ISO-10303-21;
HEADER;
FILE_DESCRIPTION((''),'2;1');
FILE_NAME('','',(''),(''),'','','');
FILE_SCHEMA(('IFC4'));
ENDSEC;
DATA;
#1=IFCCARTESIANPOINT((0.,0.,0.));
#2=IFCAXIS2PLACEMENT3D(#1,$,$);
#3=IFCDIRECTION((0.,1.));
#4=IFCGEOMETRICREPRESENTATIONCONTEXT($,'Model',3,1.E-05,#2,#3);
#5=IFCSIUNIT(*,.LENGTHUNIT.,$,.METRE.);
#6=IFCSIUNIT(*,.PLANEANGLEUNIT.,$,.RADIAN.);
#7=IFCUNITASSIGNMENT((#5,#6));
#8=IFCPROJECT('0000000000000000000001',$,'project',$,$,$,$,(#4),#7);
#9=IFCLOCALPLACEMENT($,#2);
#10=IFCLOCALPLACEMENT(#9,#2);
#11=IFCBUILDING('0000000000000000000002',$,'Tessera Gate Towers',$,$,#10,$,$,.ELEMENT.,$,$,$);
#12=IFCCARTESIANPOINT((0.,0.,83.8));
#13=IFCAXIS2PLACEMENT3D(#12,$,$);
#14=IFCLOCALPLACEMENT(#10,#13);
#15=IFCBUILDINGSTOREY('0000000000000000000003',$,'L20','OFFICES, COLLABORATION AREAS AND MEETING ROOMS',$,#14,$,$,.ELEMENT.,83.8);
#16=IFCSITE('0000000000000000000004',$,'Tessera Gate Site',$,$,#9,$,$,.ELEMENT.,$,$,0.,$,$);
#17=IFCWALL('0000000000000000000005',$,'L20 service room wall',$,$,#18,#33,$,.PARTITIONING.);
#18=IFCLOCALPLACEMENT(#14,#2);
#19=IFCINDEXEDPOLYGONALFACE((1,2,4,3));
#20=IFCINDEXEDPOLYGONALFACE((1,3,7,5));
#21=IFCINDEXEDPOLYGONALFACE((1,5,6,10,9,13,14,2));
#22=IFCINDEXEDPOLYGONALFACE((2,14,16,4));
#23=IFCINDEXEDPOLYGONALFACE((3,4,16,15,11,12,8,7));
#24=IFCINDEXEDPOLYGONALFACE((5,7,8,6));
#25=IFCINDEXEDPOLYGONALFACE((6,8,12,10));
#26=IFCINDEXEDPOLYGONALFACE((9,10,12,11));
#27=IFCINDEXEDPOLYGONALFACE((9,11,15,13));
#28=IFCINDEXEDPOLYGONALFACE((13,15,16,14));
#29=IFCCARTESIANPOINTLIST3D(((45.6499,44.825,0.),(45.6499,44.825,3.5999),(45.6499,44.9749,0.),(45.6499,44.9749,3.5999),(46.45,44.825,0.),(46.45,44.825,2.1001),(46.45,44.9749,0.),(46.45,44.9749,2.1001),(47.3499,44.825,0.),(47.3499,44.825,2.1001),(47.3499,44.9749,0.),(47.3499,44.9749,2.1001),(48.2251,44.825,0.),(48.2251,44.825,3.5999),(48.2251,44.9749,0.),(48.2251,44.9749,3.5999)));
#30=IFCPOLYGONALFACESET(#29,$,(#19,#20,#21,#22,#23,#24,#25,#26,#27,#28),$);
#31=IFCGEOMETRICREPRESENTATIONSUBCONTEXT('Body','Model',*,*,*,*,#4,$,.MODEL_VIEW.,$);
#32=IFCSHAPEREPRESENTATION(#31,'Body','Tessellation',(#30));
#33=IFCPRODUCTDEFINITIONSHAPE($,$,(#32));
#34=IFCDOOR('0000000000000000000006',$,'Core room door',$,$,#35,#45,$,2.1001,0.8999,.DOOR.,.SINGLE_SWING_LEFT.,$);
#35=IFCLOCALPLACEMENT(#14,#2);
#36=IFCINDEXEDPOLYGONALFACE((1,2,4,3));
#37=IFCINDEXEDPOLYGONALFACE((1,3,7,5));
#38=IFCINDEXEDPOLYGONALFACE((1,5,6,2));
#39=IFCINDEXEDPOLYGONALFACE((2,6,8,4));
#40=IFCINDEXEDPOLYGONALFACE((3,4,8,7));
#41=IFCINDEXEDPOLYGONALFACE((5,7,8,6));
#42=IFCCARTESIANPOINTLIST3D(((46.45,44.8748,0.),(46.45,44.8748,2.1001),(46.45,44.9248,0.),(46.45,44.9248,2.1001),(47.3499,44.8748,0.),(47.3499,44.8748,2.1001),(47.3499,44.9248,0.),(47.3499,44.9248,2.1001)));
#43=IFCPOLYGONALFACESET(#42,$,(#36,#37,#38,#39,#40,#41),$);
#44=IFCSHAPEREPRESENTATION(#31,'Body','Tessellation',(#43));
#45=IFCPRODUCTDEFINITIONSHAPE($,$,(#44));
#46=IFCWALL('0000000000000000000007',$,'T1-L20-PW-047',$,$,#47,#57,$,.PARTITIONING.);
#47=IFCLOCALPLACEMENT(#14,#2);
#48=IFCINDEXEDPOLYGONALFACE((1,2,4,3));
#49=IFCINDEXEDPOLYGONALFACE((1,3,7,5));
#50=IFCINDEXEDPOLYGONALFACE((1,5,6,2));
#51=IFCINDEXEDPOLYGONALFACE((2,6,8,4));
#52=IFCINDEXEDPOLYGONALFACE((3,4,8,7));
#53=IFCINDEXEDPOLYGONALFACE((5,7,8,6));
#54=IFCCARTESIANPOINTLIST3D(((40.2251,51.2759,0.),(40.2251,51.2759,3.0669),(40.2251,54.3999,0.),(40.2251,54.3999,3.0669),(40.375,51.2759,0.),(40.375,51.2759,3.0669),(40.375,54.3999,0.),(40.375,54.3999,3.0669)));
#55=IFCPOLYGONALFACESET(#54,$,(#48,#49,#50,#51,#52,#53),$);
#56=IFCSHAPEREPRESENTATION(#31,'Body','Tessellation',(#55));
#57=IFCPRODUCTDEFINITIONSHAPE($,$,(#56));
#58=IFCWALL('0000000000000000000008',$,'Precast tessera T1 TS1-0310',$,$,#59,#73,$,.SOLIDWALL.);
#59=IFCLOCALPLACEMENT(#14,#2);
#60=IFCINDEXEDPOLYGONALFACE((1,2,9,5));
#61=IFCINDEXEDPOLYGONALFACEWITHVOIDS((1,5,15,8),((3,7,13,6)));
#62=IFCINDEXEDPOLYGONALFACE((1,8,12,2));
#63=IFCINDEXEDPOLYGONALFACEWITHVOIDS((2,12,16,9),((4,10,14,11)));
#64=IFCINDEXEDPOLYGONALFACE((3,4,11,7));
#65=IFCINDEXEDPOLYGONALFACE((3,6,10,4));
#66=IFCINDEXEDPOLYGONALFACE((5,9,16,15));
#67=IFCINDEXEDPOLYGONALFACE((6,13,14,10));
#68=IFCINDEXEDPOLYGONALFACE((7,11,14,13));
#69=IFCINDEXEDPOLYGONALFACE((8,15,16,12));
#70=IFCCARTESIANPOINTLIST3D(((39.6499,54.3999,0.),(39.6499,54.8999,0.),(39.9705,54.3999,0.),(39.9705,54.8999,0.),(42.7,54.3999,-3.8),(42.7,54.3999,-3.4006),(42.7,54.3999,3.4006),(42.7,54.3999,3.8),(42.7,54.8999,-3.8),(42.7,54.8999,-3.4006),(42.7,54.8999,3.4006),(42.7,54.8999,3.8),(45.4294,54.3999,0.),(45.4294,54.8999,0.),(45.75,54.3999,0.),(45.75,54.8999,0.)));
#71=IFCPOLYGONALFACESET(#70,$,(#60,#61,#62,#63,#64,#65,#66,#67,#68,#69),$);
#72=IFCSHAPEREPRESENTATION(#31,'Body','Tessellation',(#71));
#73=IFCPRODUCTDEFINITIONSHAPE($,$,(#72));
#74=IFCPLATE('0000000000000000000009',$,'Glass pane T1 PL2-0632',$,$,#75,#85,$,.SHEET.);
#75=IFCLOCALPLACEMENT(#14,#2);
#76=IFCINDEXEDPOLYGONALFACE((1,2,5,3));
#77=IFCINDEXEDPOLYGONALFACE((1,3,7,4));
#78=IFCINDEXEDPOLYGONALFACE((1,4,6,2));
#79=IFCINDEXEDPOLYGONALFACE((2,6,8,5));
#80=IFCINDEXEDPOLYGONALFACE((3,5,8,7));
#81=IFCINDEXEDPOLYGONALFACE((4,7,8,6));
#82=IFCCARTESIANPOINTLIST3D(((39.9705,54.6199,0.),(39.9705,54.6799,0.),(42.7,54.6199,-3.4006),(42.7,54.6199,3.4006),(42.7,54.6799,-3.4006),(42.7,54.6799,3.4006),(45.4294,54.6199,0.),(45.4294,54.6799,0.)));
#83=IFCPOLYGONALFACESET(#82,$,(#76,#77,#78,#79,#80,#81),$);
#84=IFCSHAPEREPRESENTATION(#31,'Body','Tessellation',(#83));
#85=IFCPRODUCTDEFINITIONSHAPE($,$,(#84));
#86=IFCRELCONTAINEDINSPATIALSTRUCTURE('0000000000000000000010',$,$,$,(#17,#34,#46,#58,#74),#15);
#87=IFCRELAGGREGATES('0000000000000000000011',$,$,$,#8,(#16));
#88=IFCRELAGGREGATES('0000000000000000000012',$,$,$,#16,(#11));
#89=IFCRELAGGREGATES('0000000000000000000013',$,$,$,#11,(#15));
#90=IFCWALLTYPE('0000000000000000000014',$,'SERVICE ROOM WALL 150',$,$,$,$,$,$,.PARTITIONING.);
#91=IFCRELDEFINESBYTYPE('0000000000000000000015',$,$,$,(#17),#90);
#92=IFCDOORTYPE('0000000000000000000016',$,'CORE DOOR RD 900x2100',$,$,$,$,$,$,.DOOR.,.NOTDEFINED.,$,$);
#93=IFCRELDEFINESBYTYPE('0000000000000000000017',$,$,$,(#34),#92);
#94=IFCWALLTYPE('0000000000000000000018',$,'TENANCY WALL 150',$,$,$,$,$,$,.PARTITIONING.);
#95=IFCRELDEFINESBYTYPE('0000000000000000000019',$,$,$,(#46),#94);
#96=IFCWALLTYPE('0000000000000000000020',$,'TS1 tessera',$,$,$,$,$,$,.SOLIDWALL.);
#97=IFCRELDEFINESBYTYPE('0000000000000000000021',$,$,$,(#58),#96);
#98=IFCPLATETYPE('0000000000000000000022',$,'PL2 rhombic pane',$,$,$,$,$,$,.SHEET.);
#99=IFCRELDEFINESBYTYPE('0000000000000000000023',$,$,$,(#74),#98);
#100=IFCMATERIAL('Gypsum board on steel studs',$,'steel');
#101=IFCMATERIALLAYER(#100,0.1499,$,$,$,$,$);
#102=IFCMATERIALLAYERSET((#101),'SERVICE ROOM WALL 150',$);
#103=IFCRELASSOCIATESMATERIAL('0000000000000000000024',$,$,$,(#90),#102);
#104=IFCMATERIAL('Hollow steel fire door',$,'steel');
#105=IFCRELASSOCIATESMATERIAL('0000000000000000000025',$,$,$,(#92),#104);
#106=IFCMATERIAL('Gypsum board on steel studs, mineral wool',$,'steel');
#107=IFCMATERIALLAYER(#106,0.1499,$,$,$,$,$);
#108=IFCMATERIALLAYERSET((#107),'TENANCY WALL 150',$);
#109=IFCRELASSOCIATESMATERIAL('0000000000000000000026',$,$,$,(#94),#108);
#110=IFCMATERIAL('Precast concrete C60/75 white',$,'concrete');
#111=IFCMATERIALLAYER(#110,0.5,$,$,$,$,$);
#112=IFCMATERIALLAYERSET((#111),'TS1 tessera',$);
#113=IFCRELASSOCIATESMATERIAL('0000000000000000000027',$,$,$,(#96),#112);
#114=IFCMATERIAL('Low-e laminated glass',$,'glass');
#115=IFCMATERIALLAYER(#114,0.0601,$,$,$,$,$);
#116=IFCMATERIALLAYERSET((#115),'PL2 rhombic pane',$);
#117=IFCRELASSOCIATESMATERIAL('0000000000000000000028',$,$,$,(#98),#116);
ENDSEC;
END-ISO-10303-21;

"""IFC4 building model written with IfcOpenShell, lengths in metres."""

from ifc_helpers import new_model, si_unit, direction, frame, frame_2d, origin, place, context, subcontext, project, spatial, polyline, rectangle, outline, extrude, source, transform, mapped, material, layer, layer_set, type_object, element, fill, save


model = new_model("IFC4")

# Units and contexts
model_context = context("Model", 3, precision=1e-05, world=origin(), true_north=direction((0.0, 1.0)))
body_context = subcontext(model_context, "Body", "Model", "MODEL_VIEW")
ifc_project = project(units=[si_unit("LENGTHUNIT", "METRE"), si_unit("PLANEANGLEUNIT", "RADIAN")], contexts=[model_context])

# Site, building, storey
site_placement = place(None, origin())
site = spatial("IfcSite", under=ifc_project, at=site_placement, Name="Tessera Gate Site", CompositionType="ELEMENT", RefElevation=0.0)
building_placement = place(site_placement, origin())
building = spatial("IfcBuilding", under=site, at=building_placement, Name="Tessera Gate Towers", CompositionType="ELEMENT")
storey_placement = place(building_placement, frame((0.0, 0.0, 83.8)))
storey = spatial("IfcBuildingStorey", under=building, at=storey_placement, Name="L20", Description="OFFICES, COLLABORATION AREAS AND MEETING ROOMS", CompositionType="ELEMENT", Elevation=83.8)

# Wall, opening, door
ifc_material_1 = material(Name="Gypsum board on steel studs", Category="steel")
ifc_layer_1 = layer(ifc_material_1, 0.1499)
ifc_layer_set_1 = layer_set([ifc_layer_1], Name="SERVICE ROOM WALL 150")
wall_type_1 = type_object("IfcWallType", Name="SERVICE ROOM WALL 150", PredefinedType="PARTITIONING", material=ifc_layer_set_1)
wall_1_placement = place(storey_placement, frame((45.6499, 44.8999, 0.0), z_axis=(0.0, 0.0, 1.0), x_axis=(1.0, 0.0, 0.0)))
wall_1 = element("IfcWall", 1, at=wall_1_placement, inside=storey, type_object=wall_type_1, Name="L20 service room wall", PredefinedType="PARTITIONING", context=body_context, shape_type="SweptSolid", body=[
    extrude(rectangle(XDim=2.5752, YDim=0.1499, at=frame_2d((1.2876, 0.0))), origin(), (0.0, 0.0, 1.0), 3.5999),
])
shared_shape_1 = source(origin(), body_context, "Body", "SweptSolid", [
    extrude(rectangle(XDim=0.8999, YDim=2.1001, at=frame_2d((0.45, 1.05))), frame((0.0, 0.085, 0.0), z_axis=(0.0, -1.0, 0.0), x_axis=(1.0, 0.0, 0.0)), (0.0, 0.0, 1.0), 0.1699),
])
opening_1_placement = place(wall_1_placement, frame((0.8, 0.0, 0.0)))
opening_1 = element("IfcOpeningElement", 2, at=opening_1_placement, cuts=wall_1, PredefinedType="OPENING", context=body_context, shape_type="MappedRepresentation", body=[
    mapped(shared_shape_1, transform((0.0, 0.0, 0.0), scale=1.0)),
])
ifc_material_2 = material(Name="Hollow steel fire door", Category="steel")
door_type_1 = type_object("IfcDoorType", Name="CORE DOOR RD 900x2100", OperationType="NOTDEFINED", PredefinedType="DOOR", material=ifc_material_2)
shared_shape_2 = source(origin(), body_context, "Body", "SweptSolid", [
    extrude(rectangle(XDim=0.8999, YDim=2.1001, at=frame_2d((0.45, 1.05))), frame((0.0, 0.0249, 0.0), z_axis=(0.0, -1.0, 0.0), x_axis=(1.0, 0.0, 0.0)), (0.0, 0.0, 1.0), 0.05),
])
door_1_placement = place(opening_1_placement, origin())
door_1 = element("IfcDoor", 3, at=door_1_placement, inside=storey, type_object=door_type_1, Name="Core room door", OperationType="SINGLE_SWING_LEFT", OverallHeight=2.1001, OverallWidth=0.8999, PredefinedType="DOOR", context=body_context, shape_type="MappedRepresentation", body=[
    mapped(shared_shape_2, transform((0.0, 0.0, 0.0), scale=1.0)),
])
fill(opening_1, door_1)

# Wall
ifc_material_3 = material(Name="Gypsum board on steel studs, mineral wool", Category="steel")
ifc_layer_2 = layer(ifc_material_3, 0.1499)
ifc_layer_set_2 = layer_set([ifc_layer_2], Name="TENANCY WALL 150")
wall_type_2 = type_object("IfcWallType", Name="TENANCY WALL 150", PredefinedType="PARTITIONING", material=ifc_layer_set_2)
wall_2_placement = place(storey_placement, frame((40.3, 51.2759, 0.0), z_axis=(0.0, 0.0, 1.0), x_axis=(0.0, 1.0, 0.0)))
element("IfcWall", 4, at=wall_2_placement, inside=storey, type_object=wall_type_2, Name="T1-L20-PW-047", PredefinedType="PARTITIONING", context=body_context, shape_type="SweptSolid", body=[
    extrude(rectangle(XDim=3.124, YDim=0.1499, at=frame_2d((1.562, 0.0))), origin(), (0.0, 0.0, 1.0), 3.0669),
])

# Wall, opening, plate
ifc_material_4 = material(Name="Precast concrete C60/75 white", Category="concrete")
ifc_layer_3 = layer(ifc_material_4, 0.5)
ifc_layer_set_3 = layer_set([ifc_layer_3], Name="TS1 tessera")
wall_type_3 = type_object("IfcWallType", Name="TS1 tessera", PredefinedType="SOLIDWALL", material=ifc_layer_set_3)
shared_shape_3 = source(origin(), body_context, "Body", "SweptSolid", [
    extrude(outline(polyline([(3.05, 0.0), (6.1001, 3.8), (3.05, 7.6001), (0.0, 3.8), (3.05, 0.0)])), frame((0.0, 0.25, 0.0), z_axis=(0.0, -1.0, 0.0), x_axis=(1.0, 0.0, 0.0)), (0.0, 0.0, 1.0), 0.5),
])
wall_3_placement = place(storey_placement, frame((45.75, 54.6499, -3.8), z_axis=(0.0, 0.0, 1.0), x_axis=(-1.0, 0.0, 0.0)))
wall_3 = element("IfcWall", 5, at=wall_3_placement, inside=storey, type_object=wall_type_3, Name="Precast tessera T1 TS1-0310", PredefinedType="SOLIDWALL", context=body_context, shape_type="MappedRepresentation", body=[
    mapped(shared_shape_3, transform((0.0, 0.0, 0.0), scale=1.0)),
])
shared_shape_4 = source(origin(), body_context, "Body", "SweptSolid", [
    extrude(outline(polyline([(3.05, 0.3994), (5.7795, 3.8), (3.05, 7.2007), (0.3206, 3.8), (3.05, 0.3994)])), frame((0.0, 0.26, 0.0), z_axis=(0.0, -1.0, 0.0), x_axis=(1.0, 0.0, 0.0)), (0.0, 0.0, 1.0), 0.52),
])
opening_2_placement = place(wall_3_placement, origin())
opening_2 = element("IfcOpeningElement", 6, at=opening_2_placement, cuts=wall_3, PredefinedType="OPENING", context=body_context, shape_type="MappedRepresentation", body=[
    mapped(shared_shape_4, transform((0.0, 0.0, 0.0), scale=1.0)),
])
ifc_material_5 = material(Name="Low-e laminated glass", Category="glass")
ifc_layer_4 = layer(ifc_material_5, 0.0601)
ifc_layer_set_4 = layer_set([ifc_layer_4], Name="PL2 rhombic pane")
plate_type = type_object("IfcPlateType", Name="PL2 rhombic pane", PredefinedType="SHEET", material=ifc_layer_set_4)
shared_shape_5 = source(origin(), body_context, "Body", "SweptSolid", [
    extrude(outline(polyline([(3.05, 0.3994), (5.7795, 3.8), (3.05, 7.2007), (0.3206, 3.8), (3.05, 0.3994)])), frame((0.0, 0.03, 0.0), z_axis=(0.0, -1.0, 0.0), x_axis=(1.0, 0.0, 0.0)), (0.0, 0.0, 1.0), 0.0601),
])
plate_placement = place(opening_2_placement, origin())
plate = element("IfcPlate", 7, at=plate_placement, inside=storey, type_object=plate_type, Name="Glass pane T1 PL2-0632", PredefinedType="SHEET", context=body_context, shape_type="MappedRepresentation", body=[
    mapped(shared_shape_5, transform((0.0, 0.0, 0.0), scale=1.0)),
])
fill(opening_2, plate)

save(model, "model.ifc")
